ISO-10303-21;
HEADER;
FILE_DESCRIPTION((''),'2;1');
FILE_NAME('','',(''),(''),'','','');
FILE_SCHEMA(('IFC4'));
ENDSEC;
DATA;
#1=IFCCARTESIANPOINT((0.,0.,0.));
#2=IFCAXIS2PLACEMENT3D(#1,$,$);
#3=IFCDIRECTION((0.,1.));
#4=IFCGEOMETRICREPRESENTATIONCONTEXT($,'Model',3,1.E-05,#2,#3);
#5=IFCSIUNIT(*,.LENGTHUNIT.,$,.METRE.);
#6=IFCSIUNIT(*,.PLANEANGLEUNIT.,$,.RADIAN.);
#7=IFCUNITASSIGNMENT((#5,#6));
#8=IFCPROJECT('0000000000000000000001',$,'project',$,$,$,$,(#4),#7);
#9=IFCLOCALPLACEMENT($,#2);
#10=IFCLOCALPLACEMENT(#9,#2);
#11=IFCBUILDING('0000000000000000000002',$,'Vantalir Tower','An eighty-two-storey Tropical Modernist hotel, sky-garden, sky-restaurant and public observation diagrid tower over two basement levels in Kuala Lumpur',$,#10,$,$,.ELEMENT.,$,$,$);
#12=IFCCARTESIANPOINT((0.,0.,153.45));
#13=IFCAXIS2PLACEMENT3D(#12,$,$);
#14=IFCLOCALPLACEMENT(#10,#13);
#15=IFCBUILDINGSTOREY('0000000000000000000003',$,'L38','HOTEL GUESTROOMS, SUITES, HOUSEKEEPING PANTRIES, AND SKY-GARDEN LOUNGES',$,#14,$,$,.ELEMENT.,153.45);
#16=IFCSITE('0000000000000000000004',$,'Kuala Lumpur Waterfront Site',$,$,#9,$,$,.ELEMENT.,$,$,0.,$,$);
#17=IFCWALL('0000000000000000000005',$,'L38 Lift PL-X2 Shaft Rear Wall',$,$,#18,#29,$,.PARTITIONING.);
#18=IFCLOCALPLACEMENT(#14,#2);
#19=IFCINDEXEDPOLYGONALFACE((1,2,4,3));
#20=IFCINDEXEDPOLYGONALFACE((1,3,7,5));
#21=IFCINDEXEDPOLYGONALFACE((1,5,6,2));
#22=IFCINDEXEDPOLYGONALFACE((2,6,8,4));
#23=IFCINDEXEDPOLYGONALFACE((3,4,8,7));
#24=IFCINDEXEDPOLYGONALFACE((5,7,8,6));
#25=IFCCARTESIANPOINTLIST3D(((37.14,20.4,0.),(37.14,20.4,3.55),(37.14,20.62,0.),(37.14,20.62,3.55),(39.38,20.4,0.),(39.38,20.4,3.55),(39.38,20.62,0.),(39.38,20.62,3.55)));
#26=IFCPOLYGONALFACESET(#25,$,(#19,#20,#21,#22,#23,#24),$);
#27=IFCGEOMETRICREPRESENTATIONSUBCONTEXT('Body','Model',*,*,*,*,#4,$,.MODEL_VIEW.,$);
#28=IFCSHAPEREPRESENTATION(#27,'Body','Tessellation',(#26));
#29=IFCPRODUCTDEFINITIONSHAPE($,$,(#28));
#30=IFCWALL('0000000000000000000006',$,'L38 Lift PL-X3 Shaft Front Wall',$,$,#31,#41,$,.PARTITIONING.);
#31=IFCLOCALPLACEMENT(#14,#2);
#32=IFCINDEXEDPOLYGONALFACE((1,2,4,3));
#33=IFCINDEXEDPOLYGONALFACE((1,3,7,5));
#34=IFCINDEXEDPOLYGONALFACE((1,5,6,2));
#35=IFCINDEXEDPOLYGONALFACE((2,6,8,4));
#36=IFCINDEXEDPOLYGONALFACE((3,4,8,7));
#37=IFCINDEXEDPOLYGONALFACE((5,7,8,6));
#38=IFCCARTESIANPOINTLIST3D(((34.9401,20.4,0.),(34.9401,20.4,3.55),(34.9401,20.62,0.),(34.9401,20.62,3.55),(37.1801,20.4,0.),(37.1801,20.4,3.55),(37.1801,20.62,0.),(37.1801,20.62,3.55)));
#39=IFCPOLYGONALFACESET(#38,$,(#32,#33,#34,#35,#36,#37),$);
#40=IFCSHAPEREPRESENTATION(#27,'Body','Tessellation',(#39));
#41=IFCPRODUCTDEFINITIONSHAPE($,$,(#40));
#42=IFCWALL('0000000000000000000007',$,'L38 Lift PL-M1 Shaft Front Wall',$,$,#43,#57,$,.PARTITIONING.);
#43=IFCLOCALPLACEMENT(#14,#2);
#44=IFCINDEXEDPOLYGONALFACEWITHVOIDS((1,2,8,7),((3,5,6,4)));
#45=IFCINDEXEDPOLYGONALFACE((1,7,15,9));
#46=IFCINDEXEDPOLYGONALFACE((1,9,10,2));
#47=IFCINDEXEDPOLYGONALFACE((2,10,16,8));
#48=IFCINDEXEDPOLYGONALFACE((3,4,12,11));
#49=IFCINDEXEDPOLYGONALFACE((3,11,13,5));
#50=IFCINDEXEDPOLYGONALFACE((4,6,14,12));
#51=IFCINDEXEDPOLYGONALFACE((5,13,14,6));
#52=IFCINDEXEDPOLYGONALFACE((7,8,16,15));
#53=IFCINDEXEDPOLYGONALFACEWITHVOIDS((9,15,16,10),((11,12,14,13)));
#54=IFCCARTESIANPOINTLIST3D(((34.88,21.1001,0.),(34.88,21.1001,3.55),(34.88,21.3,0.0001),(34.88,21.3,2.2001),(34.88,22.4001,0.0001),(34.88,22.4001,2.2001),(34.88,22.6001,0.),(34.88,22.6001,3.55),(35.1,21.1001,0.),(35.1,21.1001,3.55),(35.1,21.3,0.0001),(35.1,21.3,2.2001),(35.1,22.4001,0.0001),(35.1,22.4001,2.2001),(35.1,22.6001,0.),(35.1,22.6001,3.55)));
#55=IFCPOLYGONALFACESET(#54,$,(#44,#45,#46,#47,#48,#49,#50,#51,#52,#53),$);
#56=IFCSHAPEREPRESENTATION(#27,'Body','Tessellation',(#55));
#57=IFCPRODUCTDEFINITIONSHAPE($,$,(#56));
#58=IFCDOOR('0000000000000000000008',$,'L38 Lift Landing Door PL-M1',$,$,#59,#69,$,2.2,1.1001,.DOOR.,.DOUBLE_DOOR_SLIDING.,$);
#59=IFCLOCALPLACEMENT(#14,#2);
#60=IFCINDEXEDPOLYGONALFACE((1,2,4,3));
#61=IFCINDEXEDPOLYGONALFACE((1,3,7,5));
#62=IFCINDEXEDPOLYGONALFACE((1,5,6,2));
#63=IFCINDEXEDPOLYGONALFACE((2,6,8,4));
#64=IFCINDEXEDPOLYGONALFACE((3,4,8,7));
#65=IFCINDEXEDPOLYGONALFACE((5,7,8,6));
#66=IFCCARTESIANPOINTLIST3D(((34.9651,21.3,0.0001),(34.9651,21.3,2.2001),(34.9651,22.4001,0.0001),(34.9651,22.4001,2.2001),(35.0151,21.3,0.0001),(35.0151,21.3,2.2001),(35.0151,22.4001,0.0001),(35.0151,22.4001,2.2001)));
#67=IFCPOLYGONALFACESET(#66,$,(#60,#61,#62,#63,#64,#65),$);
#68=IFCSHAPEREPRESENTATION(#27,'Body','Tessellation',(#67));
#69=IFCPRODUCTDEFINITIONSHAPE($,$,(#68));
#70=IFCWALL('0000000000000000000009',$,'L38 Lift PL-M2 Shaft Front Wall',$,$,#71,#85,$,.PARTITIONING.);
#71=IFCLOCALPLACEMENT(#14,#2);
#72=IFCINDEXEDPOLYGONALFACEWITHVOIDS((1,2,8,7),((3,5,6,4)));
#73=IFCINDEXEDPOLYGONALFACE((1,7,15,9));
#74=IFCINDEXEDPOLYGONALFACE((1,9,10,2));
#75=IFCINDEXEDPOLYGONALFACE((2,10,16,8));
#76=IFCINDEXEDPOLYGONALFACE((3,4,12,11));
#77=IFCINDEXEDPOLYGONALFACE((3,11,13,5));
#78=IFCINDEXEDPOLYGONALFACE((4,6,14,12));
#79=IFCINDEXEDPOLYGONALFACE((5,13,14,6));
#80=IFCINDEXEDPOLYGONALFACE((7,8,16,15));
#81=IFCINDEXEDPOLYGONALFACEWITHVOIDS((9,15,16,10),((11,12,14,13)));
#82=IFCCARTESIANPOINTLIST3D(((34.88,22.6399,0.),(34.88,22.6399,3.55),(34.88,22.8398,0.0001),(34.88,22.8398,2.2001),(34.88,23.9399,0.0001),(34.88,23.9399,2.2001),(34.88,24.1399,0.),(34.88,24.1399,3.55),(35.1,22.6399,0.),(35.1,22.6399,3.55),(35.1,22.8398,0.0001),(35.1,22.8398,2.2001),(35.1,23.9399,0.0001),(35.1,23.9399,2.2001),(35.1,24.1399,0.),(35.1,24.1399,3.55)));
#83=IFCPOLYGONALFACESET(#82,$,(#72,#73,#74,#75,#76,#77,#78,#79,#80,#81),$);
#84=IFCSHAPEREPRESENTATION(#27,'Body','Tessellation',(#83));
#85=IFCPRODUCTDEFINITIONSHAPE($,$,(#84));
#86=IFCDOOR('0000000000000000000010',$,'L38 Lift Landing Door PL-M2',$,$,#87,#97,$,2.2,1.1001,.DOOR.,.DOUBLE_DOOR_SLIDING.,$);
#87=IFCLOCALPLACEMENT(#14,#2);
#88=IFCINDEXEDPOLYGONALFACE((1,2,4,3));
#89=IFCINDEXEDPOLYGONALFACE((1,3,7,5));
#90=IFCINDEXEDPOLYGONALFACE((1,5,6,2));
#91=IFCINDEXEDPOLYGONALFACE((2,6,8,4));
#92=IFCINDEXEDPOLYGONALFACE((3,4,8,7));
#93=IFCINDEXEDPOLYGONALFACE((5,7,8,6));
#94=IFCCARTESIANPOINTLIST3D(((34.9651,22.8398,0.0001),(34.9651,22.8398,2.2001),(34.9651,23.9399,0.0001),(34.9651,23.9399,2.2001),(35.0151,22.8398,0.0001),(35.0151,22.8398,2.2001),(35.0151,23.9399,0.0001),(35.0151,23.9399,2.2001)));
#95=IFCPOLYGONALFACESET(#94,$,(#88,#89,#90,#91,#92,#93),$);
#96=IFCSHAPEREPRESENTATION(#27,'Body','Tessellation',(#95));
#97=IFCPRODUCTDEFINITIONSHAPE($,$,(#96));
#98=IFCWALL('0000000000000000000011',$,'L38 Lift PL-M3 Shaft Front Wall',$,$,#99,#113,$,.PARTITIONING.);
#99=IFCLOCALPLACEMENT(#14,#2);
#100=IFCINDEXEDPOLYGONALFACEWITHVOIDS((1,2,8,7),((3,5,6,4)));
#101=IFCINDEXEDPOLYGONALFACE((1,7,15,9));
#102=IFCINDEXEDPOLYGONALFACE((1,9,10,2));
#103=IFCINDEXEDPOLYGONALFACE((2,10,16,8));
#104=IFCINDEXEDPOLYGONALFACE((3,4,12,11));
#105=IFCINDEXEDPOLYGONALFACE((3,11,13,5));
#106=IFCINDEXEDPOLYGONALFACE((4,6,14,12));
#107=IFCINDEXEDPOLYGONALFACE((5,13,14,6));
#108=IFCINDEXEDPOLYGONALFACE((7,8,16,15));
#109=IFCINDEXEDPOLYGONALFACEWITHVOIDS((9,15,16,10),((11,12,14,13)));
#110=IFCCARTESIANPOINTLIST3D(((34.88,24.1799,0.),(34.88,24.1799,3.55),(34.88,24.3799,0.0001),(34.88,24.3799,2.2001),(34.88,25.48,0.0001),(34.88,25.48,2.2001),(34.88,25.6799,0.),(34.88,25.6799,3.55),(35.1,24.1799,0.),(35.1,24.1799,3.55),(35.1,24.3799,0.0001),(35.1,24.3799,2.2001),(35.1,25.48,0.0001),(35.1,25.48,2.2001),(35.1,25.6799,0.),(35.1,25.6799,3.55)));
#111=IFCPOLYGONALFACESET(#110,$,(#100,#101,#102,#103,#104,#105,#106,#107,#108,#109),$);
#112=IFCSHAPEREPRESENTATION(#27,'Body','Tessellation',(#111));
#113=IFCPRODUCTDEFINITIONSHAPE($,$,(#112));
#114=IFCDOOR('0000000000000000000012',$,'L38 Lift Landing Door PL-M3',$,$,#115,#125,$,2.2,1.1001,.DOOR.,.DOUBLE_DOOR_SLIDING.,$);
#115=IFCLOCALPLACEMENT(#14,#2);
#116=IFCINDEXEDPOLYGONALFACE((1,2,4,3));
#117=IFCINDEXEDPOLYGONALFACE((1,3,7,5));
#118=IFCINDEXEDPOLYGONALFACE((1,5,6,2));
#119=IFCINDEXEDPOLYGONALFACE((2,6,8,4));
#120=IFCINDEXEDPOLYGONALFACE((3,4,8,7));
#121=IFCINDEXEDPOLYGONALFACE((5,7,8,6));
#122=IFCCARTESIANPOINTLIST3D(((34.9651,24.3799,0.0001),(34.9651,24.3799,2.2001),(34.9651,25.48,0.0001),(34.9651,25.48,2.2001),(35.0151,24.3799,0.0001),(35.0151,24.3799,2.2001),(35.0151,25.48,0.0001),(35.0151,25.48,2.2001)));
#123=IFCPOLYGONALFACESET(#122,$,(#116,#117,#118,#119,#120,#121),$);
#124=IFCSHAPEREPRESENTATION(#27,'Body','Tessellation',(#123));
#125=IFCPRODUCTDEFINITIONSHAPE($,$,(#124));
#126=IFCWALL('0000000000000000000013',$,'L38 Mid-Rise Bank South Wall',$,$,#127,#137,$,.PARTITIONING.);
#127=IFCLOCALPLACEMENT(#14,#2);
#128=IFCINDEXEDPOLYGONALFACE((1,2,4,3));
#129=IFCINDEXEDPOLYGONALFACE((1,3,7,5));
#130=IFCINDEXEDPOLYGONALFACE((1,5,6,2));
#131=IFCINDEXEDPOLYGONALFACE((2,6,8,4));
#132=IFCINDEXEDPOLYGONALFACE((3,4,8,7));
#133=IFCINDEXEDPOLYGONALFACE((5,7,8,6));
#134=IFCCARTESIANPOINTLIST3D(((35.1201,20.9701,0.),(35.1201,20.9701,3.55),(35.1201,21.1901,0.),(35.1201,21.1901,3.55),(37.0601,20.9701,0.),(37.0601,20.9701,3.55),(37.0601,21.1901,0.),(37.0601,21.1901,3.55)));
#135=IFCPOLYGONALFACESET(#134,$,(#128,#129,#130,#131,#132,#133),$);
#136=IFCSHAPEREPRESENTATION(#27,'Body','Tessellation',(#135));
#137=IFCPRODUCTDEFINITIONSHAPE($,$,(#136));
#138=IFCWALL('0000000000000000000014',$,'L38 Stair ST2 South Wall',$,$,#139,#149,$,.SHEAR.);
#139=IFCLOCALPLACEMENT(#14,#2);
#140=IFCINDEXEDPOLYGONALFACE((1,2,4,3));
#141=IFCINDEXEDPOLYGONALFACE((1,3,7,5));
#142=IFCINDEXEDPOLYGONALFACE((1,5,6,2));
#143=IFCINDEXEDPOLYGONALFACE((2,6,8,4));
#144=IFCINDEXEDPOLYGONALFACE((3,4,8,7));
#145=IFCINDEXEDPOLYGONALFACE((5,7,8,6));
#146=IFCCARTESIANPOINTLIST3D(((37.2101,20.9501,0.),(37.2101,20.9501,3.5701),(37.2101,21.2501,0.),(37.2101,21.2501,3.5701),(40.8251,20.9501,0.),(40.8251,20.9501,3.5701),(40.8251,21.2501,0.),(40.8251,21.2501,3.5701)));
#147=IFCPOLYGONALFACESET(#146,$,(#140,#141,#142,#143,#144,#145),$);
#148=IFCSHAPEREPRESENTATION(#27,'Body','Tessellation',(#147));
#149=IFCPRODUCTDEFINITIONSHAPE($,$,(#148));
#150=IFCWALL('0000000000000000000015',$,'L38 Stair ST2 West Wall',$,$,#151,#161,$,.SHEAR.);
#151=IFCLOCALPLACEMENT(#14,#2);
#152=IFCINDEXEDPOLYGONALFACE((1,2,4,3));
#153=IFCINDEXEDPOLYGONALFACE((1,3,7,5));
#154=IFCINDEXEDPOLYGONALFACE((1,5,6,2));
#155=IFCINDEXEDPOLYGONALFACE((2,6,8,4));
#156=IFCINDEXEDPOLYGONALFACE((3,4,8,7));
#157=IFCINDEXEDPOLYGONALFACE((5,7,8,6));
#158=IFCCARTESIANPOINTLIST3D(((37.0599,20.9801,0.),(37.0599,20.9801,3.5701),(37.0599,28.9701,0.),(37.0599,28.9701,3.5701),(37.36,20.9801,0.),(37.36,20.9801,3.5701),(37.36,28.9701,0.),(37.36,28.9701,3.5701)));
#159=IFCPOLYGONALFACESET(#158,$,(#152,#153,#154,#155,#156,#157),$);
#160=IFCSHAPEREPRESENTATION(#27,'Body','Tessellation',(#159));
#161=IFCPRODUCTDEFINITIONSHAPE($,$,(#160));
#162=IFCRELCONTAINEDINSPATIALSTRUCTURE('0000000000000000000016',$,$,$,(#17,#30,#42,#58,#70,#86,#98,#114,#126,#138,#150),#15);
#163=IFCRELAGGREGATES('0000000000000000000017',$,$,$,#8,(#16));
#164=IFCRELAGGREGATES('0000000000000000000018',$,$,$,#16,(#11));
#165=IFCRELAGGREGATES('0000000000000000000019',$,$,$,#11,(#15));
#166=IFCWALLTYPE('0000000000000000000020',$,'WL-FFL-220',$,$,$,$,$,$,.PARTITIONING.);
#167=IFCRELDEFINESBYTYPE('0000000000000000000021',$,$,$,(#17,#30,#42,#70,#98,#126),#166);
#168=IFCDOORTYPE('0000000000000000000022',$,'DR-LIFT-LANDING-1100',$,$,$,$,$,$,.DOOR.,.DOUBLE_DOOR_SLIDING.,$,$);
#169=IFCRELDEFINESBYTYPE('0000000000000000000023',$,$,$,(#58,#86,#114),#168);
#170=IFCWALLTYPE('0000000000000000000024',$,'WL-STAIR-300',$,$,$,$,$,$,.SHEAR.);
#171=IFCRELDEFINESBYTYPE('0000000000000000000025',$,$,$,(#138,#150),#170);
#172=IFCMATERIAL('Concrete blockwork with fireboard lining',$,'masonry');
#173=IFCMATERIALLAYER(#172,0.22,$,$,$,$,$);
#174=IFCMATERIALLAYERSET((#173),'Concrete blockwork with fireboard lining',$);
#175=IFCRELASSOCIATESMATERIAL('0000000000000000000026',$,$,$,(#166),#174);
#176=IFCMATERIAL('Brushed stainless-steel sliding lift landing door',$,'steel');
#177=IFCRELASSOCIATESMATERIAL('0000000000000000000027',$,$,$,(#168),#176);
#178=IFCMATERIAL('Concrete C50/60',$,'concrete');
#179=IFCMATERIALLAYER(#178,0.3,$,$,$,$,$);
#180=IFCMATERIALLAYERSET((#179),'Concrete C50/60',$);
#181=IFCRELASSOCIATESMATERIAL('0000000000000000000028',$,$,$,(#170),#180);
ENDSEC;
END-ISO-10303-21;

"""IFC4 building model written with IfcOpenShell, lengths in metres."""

from ifc_helpers import new_model, si_unit, direction, frame, frame_2d, origin, place, context, subcontext, project, spatial, rectangle, extrude, material, layer, layer_set, type_object, element, fill, save


model = new_model("IFC4")

# Units and contexts
model_context = context("Model", 3, precision=1e-05, world=origin(), true_north=direction((0.0, 1.0)))
body_context = subcontext(model_context, "Body", "Model", "MODEL_VIEW")
ifc_project = project(units=[si_unit("LENGTHUNIT", "METRE"), si_unit("PLANEANGLEUNIT", "RADIAN")], contexts=[model_context])

# Site, building, storey
site_placement = place(None, origin())
site = spatial("IfcSite", under=ifc_project, at=site_placement, Name="Kuala Lumpur Waterfront Site", CompositionType="ELEMENT", RefElevation=0.0)
building_placement = place(site_placement, origin())
building = spatial("IfcBuilding", under=site, at=building_placement, Name="Vantalir Tower", Description="An eighty-two-storey Tropical Modernist hotel, sky-garden, sky-restaurant and public observation diagrid tower over two basement levels in Kuala Lumpur", CompositionType="ELEMENT")
storey_placement = place(building_placement, frame((0.0, 0.0, 153.45)))
storey = spatial("IfcBuildingStorey", under=building, at=storey_placement, Name="L38", Description="HOTEL GUESTROOMS, SUITES, HOUSEKEEPING PANTRIES, AND SKY-GARDEN LOUNGES", CompositionType="ELEMENT", Elevation=153.45)

# Walls
ifc_material_1 = material(Name="Concrete blockwork with fireboard lining", Category="masonry")
ifc_layer_1 = layer(ifc_material_1, 0.22)
ifc_layer_set_1 = layer_set([ifc_layer_1], Name="Concrete blockwork with fireboard lining")
wall_type_1 = type_object("IfcWallType", Name="WL-FFL-220", PredefinedType="PARTITIONING", material=ifc_layer_set_1)
for number, where, z_axis, x_axis, name in (
    (1, (37.1399, 20.51, 0.0), (0.0, 0.0, 1.0), (1.0, 0.0, 0.0), "L38 Lift PL-X2 Shaft Rear Wall"),
    (2, (34.9399, 20.51, 0.0), (0.0, 0.0, 1.0), (1.0, 0.0, 0.0), "L38 Lift PL-X3 Shaft Front Wall"),
):
    element("IfcWall", number, at=place(storey_placement, frame(where, z_axis=z_axis, x_axis=x_axis)), inside=storey, type_object=wall_type_1, Name=name, PredefinedType="PARTITIONING", context=body_context, shape_type="SweptSolid", body=[
        extrude(rectangle(XDim=2.24, YDim=0.22, at=frame_2d((1.1201, 0.0))), origin(), (0.0, 0.0, 1.0), 3.55),
    ])

# Walls, openings, doors
wall_1_placement = place(storey_placement, frame((34.99, 21.1001, 0.0), z_axis=(0.0, 0.0, 1.0), x_axis=(0.0, 1.0, 0.0)))
wall_1 = element("IfcWall", 3, at=wall_1_placement, inside=storey, type_object=wall_type_1, Name="L38 Lift PL-M1 Shaft Front Wall", PredefinedType="PARTITIONING", context=body_context, shape_type="SweptSolid", body=[
    extrude(rectangle(XDim=1.5, YDim=0.22, at=frame_2d((0.75, 0.0))), origin(), (0.0, 0.0, 1.0), 3.55),
])
opening_1_placement = place(wall_1_placement, frame((0.2, 0.0, 0.0)))
opening_1 = element("IfcOpeningElement", 4, at=opening_1_placement, cuts=wall_1, PredefinedType="OPENING", context=body_context, shape_type="SweptSolid", body=[
    extrude(rectangle(XDim=1.1001, YDim=2.2, at=frame_2d((0.55, 1.1001))), frame((0.0, 0.1199, 0.0), z_axis=(0.0, -1.0, 0.0), x_axis=(1.0, 0.0, 0.0)), (0.0, 0.0, 1.0), 0.24),
])
ifc_material_2 = material(Name="Brushed stainless-steel sliding lift landing door", Category="steel")
door_type_1 = type_object("IfcDoorType", Name="DR-LIFT-LANDING-1100", OperationType="DOUBLE_DOOR_SLIDING", PredefinedType="DOOR", material=ifc_material_2)
door_1_placement = place(opening_1_placement, origin())
door_1 = element("IfcDoor", 5, at=door_1_placement, inside=storey, type_object=door_type_1, Name="L38 Lift Landing Door PL-M1", OperationType="DOUBLE_DOOR_SLIDING", OverallHeight=2.2, OverallWidth=1.1001, PredefinedType="DOOR", context=body_context, shape_type="SweptSolid", body=[
    extrude(rectangle(XDim=1.1001, YDim=2.2, at=frame_2d((0.55, 1.1001))), frame((0.0, 0.0249, 0.0), z_axis=(0.0, -1.0, 0.0), x_axis=(1.0, 0.0, 0.0)), (0.0, 0.0, 1.0), 0.05),
])
fill(opening_1, door_1)
wall_2_placement = place(storey_placement, frame((34.99, 22.6399, 0.0), z_axis=(0.0, 0.0, 1.0), x_axis=(0.0, 1.0, 0.0)))
wall_2 = element("IfcWall", 6, at=wall_2_placement, inside=storey, type_object=wall_type_1, Name="L38 Lift PL-M2 Shaft Front Wall", PredefinedType="PARTITIONING", context=body_context, shape_type="SweptSolid", body=[
    extrude(rectangle(XDim=1.5, YDim=0.22, at=frame_2d((0.75, 0.0))), origin(), (0.0, 0.0, 1.0), 3.55),
])
opening_2_placement = place(wall_2_placement, frame((0.2, 0.0, 0.0)))
opening_2 = element("IfcOpeningElement", 7, at=opening_2_placement, cuts=wall_2, PredefinedType="OPENING", context=body_context, shape_type="SweptSolid", body=[
    extrude(rectangle(XDim=1.1001, YDim=2.2, at=frame_2d((0.55, 1.1001))), frame((0.0, 0.1199, 0.0), z_axis=(0.0, -1.0, 0.0), x_axis=(1.0, 0.0, 0.0)), (0.0, 0.0, 1.0), 0.24),
])
door_2_placement = place(opening_2_placement, origin())
door_2 = element("IfcDoor", 8, at=door_2_placement, inside=storey, type_object=door_type_1, Name="L38 Lift Landing Door PL-M2", OperationType="DOUBLE_DOOR_SLIDING", OverallHeight=2.2, OverallWidth=1.1001, PredefinedType="DOOR", context=body_context, shape_type="SweptSolid", body=[
    extrude(rectangle(XDim=1.1001, YDim=2.2, at=frame_2d((0.55, 1.1001))), frame((0.0, 0.0249, 0.0), z_axis=(0.0, -1.0, 0.0), x_axis=(1.0, 0.0, 0.0)), (0.0, 0.0, 1.0), 0.05),
])
fill(opening_2, door_2)
wall_3_placement = place(storey_placement, frame((34.99, 24.1799, 0.0), z_axis=(0.0, 0.0, 1.0), x_axis=(0.0, 1.0, 0.0)))
wall_3 = element("IfcWall", 9, at=wall_3_placement, inside=storey, type_object=wall_type_1, Name="L38 Lift PL-M3 Shaft Front Wall", PredefinedType="PARTITIONING", context=body_context, shape_type="SweptSolid", body=[
    extrude(rectangle(XDim=1.5, YDim=0.22, at=frame_2d((0.75, 0.0))), origin(), (0.0, 0.0, 1.0), 3.55),
])
opening_3_placement = place(wall_3_placement, frame((0.2, 0.0, 0.0)))
opening_3 = element("IfcOpeningElement", 10, at=opening_3_placement, cuts=wall_3, PredefinedType="OPENING", context=body_context, shape_type="SweptSolid", body=[
    extrude(rectangle(XDim=1.1001, YDim=2.2, at=frame_2d((0.55, 1.1001))), frame((0.0, 0.1199, 0.0), z_axis=(0.0, -1.0, 0.0), x_axis=(1.0, 0.0, 0.0)), (0.0, 0.0, 1.0), 0.24),
])
door_3_placement = place(opening_3_placement, origin())
door_3 = element("IfcDoor", 11, at=door_3_placement, inside=storey, type_object=door_type_1, Name="L38 Lift Landing Door PL-M3", OperationType="DOUBLE_DOOR_SLIDING", OverallHeight=2.2, OverallWidth=1.1001, PredefinedType="DOOR", context=body_context, shape_type="SweptSolid", body=[
    extrude(rectangle(XDim=1.1001, YDim=2.2, at=frame_2d((0.55, 1.1001))), frame((0.0, 0.0249, 0.0), z_axis=(0.0, -1.0, 0.0), x_axis=(1.0, 0.0, 0.0)), (0.0, 0.0, 1.0), 0.05),
])
fill(opening_3, door_3)

# Walls
wall_4_placement = place(storey_placement, frame((35.1201, 21.0801, 0.0), z_axis=(0.0, 0.0, 1.0), x_axis=(1.0, 0.0, 0.0)))
element("IfcWall", 12, at=wall_4_placement, inside=storey, type_object=wall_type_1, Name="L38 Mid-Rise Bank South Wall", PredefinedType="PARTITIONING", context=body_context, shape_type="SweptSolid", body=[
    extrude(rectangle(XDim=1.9399, YDim=0.22, at=frame_2d((0.97, 0.0))), origin(), (0.0, 0.0, 1.0), 3.55),
])
ifc_material_3 = material(Name="Concrete C50/60", Category="concrete")
ifc_layer_2 = layer(ifc_material_3, 0.3)
ifc_layer_set_2 = layer_set([ifc_layer_2], Name="Concrete C50/60")
wall_type_2 = type_object("IfcWallType", Name="WL-STAIR-300", PredefinedType="SHEAR", material=ifc_layer_set_2)
wall_5_placement = place(storey_placement, frame((37.21, 21.1001, 0.0), z_axis=(0.0, 0.0, 1.0), x_axis=(1.0, 0.0, 0.0)))
element("IfcWall", 13, at=wall_5_placement, inside=storey, type_object=wall_type_2, Name="L38 Stair ST2 South Wall", PredefinedType="SHEAR", context=body_context, shape_type="SweptSolid", body=[
    extrude(rectangle(XDim=3.615, YDim=0.3, at=frame_2d((1.8076, 0.0))), origin(), (0.0, 0.0, 1.0), 3.5701),
])
wall_6_placement = place(storey_placement, frame((37.21, 20.98, 0.0), z_axis=(0.0, 0.0, 1.0), x_axis=(0.0, 1.0, 0.0)))
element("IfcWall", 14, at=wall_6_placement, inside=storey, type_object=wall_type_2, Name="L38 Stair ST2 West Wall", PredefinedType="SHEAR", context=body_context, shape_type="SweptSolid", body=[
    extrude(rectangle(XDim=7.99, YDim=0.3, at=frame_2d((3.9951, 0.0))), origin(), (0.0, 0.0, 1.0), 3.5701),
])

save(model, "model.ifc")
